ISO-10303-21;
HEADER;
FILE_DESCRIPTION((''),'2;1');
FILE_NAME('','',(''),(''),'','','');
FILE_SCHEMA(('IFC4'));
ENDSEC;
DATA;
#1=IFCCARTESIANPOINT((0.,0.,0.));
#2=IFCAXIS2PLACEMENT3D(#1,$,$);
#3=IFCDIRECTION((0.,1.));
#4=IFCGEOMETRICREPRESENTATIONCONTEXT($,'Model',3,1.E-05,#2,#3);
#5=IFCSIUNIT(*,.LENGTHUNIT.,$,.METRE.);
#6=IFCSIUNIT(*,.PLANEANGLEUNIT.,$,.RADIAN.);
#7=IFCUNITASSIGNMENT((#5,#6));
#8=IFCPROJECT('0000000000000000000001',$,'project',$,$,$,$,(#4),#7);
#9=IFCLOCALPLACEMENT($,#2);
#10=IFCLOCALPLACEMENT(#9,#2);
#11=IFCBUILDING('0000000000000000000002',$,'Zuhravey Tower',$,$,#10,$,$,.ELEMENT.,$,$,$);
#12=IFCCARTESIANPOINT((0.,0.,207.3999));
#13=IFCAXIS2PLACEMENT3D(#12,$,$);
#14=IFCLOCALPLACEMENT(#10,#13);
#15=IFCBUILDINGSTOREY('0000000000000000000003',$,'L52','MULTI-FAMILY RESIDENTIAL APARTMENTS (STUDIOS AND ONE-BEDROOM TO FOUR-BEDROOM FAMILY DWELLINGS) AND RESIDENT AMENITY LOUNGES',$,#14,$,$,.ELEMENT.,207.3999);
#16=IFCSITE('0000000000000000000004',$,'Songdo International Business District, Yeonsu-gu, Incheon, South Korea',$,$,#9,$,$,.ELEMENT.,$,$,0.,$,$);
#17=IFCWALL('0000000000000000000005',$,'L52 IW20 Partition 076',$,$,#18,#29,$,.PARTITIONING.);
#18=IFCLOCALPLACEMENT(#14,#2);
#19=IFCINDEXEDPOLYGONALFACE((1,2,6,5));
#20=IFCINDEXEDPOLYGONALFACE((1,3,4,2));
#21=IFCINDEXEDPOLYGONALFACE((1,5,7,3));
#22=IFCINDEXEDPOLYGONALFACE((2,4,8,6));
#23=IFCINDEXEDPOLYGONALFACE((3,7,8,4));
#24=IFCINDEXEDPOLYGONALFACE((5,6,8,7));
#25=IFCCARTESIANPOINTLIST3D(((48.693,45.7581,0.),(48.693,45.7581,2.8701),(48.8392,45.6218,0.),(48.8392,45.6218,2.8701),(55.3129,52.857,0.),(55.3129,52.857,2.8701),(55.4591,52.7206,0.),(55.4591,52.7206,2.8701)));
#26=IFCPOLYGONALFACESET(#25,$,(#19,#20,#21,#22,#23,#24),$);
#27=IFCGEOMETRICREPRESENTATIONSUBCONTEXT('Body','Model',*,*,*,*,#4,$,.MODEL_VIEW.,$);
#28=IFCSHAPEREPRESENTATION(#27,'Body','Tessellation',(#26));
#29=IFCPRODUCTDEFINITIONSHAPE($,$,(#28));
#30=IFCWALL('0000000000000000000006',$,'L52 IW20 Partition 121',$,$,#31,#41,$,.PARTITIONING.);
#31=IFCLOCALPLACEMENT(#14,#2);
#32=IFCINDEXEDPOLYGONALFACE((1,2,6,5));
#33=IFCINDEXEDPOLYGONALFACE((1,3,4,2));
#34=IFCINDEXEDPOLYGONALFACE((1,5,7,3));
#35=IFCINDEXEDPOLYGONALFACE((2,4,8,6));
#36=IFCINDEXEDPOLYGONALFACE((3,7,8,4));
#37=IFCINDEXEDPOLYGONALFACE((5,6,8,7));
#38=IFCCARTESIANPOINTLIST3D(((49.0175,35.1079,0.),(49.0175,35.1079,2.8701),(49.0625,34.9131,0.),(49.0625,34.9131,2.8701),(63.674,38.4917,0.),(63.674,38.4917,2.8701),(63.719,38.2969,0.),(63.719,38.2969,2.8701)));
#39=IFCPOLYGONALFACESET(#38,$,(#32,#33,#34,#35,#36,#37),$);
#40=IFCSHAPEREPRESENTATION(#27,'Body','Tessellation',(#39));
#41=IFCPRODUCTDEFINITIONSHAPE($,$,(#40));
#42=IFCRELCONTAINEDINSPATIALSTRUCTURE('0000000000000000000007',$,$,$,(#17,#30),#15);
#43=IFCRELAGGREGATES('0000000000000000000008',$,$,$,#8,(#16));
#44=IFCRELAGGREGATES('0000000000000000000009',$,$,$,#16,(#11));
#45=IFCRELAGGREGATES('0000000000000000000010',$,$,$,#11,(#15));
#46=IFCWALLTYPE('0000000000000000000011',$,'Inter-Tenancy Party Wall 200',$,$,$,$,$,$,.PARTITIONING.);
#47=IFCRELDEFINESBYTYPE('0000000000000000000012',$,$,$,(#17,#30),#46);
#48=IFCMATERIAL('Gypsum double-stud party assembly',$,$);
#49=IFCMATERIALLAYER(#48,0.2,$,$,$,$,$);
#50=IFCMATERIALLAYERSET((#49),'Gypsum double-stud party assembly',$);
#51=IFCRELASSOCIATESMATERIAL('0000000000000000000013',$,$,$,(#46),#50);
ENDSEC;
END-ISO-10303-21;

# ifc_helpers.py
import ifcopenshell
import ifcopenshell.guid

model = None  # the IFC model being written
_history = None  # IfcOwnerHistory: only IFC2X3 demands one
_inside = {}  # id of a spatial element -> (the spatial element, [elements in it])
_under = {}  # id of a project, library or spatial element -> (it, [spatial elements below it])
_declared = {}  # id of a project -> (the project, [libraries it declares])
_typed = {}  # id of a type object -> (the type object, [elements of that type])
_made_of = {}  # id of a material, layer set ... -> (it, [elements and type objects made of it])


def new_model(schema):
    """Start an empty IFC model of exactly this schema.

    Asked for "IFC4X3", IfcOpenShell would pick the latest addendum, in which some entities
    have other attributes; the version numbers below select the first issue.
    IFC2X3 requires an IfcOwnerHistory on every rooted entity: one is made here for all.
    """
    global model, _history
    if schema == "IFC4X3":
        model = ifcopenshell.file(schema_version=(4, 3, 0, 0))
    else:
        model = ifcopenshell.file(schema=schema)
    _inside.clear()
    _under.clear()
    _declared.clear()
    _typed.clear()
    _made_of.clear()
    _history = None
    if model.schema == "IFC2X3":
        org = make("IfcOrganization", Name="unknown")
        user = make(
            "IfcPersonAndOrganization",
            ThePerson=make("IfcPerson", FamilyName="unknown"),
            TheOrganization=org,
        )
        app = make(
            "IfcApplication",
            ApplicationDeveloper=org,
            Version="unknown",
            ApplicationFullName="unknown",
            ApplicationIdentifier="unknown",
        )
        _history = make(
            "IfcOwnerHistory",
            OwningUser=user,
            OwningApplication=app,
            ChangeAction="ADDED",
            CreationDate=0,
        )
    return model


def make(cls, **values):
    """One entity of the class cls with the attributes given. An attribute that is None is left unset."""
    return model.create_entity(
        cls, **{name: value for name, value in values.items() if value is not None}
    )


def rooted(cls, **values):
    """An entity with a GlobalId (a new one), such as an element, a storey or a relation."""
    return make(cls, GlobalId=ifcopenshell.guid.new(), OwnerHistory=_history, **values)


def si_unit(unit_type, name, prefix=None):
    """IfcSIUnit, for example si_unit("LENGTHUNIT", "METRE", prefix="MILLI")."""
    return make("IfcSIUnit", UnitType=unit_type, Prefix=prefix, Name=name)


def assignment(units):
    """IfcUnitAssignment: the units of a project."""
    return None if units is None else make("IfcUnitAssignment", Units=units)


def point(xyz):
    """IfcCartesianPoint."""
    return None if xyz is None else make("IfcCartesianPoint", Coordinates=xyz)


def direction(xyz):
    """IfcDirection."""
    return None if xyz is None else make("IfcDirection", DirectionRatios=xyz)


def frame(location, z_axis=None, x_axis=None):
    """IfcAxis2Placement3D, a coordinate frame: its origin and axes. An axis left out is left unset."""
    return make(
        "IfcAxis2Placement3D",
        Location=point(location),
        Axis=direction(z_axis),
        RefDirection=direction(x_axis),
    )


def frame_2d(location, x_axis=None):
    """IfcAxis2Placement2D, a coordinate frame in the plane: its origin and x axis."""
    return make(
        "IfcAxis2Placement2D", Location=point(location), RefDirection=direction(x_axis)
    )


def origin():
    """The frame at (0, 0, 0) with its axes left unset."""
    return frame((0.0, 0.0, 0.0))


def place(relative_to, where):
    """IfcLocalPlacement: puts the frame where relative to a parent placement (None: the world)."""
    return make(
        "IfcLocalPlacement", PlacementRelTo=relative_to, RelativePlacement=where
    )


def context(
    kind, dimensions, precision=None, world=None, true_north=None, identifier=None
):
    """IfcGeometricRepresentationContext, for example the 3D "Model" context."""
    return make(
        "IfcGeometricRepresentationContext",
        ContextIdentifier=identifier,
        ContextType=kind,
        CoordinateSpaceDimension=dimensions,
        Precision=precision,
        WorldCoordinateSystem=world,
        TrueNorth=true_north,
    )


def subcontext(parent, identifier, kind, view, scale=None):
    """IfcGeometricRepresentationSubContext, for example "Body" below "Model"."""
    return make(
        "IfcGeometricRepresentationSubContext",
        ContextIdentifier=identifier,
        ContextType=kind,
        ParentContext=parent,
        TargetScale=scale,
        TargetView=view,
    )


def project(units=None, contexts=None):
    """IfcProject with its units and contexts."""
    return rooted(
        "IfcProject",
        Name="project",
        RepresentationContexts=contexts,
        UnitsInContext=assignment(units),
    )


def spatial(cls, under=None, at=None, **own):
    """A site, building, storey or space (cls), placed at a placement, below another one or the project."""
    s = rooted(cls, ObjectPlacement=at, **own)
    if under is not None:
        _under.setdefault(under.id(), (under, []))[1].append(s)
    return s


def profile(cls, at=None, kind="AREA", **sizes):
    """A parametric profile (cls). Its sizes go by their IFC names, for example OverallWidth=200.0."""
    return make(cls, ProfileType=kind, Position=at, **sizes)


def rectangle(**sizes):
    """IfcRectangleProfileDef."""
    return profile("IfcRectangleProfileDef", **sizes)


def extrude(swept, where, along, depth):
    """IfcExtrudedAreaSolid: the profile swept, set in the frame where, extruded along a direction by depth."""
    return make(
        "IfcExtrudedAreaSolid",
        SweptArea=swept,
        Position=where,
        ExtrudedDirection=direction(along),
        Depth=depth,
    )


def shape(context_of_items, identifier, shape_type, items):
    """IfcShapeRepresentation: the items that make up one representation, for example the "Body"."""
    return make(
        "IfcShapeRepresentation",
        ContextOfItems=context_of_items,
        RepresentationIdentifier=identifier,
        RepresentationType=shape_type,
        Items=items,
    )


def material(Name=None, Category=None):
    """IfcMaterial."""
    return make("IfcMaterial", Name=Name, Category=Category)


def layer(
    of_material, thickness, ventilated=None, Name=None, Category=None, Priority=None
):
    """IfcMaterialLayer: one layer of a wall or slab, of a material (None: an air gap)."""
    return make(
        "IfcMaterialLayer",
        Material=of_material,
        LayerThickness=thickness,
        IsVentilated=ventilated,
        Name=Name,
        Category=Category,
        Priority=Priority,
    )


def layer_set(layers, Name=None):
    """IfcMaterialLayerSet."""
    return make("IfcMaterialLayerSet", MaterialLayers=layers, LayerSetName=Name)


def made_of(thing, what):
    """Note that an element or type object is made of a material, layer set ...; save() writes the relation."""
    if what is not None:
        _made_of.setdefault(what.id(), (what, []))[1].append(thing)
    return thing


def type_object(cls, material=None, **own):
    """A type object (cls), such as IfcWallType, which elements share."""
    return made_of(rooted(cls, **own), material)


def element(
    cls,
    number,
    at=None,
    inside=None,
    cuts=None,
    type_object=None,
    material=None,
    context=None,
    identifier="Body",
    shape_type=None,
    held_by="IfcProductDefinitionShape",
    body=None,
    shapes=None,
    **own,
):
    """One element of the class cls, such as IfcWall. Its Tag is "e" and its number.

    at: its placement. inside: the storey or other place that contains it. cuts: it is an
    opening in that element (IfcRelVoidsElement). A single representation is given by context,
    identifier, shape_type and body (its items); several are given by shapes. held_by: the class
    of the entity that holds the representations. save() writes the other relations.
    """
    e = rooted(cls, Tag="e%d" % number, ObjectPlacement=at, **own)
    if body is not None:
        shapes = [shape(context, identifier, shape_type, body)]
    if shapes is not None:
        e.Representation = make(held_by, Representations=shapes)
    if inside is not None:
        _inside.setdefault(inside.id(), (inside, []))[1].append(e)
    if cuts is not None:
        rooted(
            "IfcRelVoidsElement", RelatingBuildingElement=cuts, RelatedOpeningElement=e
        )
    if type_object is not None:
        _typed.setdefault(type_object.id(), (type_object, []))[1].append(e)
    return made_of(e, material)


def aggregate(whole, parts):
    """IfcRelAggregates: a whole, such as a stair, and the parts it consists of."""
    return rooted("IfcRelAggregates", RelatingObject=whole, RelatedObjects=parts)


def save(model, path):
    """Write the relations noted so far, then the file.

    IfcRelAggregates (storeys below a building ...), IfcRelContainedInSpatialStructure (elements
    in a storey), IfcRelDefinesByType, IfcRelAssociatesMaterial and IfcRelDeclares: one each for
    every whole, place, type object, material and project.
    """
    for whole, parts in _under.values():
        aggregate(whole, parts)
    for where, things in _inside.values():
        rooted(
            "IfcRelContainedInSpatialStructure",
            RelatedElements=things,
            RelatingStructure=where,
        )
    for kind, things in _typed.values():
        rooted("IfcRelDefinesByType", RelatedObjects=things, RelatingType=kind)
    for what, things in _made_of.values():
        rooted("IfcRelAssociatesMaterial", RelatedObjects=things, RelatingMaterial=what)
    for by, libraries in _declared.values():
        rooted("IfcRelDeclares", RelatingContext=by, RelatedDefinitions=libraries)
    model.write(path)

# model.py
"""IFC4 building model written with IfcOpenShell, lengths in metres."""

from ifc_helpers import new_model, si_unit, direction, frame, frame_2d, origin, place, context, subcontext, project, spatial, rectangle, extrude, material, layer, layer_set, type_object, element, save


model = new_model("IFC4")

# Units and contexts
model_context = context("Model", 3, precision=1e-05, world=origin(), true_north=direction((0.0, 1.0)))
body_context = subcontext(model_context, "Body", "Model", "MODEL_VIEW")
ifc_project = project(units=[si_unit("LENGTHUNIT", "METRE"), si_unit("PLANEANGLEUNIT", "RADIAN")], contexts=[model_context])

# Site, building, storey
site_placement = place(None, origin())
site = spatial("IfcSite", under=ifc_project, at=site_placement, Name="Songdo International Business District, Yeonsu-gu, Incheon, South Korea", CompositionType="ELEMENT", RefElevation=0.0)
building_placement = place(site_placement, origin())
building = spatial("IfcBuilding", under=site, at=building_placement, Name="Zuhravey Tower", CompositionType="ELEMENT")
storey_placement = place(building_placement, frame((0.0, 0.0, 207.3999)))
storey = spatial("IfcBuildingStorey", under=building, at=storey_placement, Name="L52", Description="MULTI-FAMILY RESIDENTIAL APARTMENTS (STUDIOS AND ONE-BEDROOM TO FOUR-BEDROOM FAMILY DWELLINGS) AND RESIDENT AMENITY LOUNGES", CompositionType="ELEMENT", Elevation=207.3999)

# Walls
ifc_material_1 = material(Name="Gypsum double-stud party assembly")
ifc_layer_1 = layer(ifc_material_1, 0.2)
ifc_layer_set_1 = layer_set([ifc_layer_1], Name="Gypsum double-stud party assembly")
wall_type_1 = type_object("IfcWallType", Name="Inter-Tenancy Party Wall 200", PredefinedType="PARTITIONING", material=ifc_layer_set_1)
wall_1_placement = place(storey_placement, frame((48.7661, 45.6899, 0.0), z_axis=(0.0, 0.0, 1.0), x_axis=(0.682002, 0.73135, 0.0)))
element("IfcWall", 1, at=wall_1_placement, inside=storey, type_object=wall_type_1, Name="L52 IW20 Partition 076", PredefinedType="PARTITIONING", context=body_context, shape_type="SweptSolid", body=[
    extrude(rectangle(XDim=9.7065, YDim=0.2, at=frame_2d((4.8533, 0.0))), origin(), (0.0, 0.0, 1.0), 2.8701),
])
wall_2_placement = place(storey_placement, frame((49.04, 35.0105, 0.0), z_axis=(0.0, 0.0, 1.0), x_axis=(0.974369, 0.224956, 0.0)))
element("IfcWall", 2, at=wall_2_placement, inside=storey, type_object=wall_type_1, Name="L52 IW20 Partition 121", PredefinedType="PARTITIONING", context=body_context, shape_type="SweptSolid", body=[
    extrude(rectangle(XDim=15.042, YDim=0.2, at=frame_2d((7.521, 0.0))), origin(), (0.0, 0.0, 1.0), 2.8701),
])

save(model, "model.ifc")
